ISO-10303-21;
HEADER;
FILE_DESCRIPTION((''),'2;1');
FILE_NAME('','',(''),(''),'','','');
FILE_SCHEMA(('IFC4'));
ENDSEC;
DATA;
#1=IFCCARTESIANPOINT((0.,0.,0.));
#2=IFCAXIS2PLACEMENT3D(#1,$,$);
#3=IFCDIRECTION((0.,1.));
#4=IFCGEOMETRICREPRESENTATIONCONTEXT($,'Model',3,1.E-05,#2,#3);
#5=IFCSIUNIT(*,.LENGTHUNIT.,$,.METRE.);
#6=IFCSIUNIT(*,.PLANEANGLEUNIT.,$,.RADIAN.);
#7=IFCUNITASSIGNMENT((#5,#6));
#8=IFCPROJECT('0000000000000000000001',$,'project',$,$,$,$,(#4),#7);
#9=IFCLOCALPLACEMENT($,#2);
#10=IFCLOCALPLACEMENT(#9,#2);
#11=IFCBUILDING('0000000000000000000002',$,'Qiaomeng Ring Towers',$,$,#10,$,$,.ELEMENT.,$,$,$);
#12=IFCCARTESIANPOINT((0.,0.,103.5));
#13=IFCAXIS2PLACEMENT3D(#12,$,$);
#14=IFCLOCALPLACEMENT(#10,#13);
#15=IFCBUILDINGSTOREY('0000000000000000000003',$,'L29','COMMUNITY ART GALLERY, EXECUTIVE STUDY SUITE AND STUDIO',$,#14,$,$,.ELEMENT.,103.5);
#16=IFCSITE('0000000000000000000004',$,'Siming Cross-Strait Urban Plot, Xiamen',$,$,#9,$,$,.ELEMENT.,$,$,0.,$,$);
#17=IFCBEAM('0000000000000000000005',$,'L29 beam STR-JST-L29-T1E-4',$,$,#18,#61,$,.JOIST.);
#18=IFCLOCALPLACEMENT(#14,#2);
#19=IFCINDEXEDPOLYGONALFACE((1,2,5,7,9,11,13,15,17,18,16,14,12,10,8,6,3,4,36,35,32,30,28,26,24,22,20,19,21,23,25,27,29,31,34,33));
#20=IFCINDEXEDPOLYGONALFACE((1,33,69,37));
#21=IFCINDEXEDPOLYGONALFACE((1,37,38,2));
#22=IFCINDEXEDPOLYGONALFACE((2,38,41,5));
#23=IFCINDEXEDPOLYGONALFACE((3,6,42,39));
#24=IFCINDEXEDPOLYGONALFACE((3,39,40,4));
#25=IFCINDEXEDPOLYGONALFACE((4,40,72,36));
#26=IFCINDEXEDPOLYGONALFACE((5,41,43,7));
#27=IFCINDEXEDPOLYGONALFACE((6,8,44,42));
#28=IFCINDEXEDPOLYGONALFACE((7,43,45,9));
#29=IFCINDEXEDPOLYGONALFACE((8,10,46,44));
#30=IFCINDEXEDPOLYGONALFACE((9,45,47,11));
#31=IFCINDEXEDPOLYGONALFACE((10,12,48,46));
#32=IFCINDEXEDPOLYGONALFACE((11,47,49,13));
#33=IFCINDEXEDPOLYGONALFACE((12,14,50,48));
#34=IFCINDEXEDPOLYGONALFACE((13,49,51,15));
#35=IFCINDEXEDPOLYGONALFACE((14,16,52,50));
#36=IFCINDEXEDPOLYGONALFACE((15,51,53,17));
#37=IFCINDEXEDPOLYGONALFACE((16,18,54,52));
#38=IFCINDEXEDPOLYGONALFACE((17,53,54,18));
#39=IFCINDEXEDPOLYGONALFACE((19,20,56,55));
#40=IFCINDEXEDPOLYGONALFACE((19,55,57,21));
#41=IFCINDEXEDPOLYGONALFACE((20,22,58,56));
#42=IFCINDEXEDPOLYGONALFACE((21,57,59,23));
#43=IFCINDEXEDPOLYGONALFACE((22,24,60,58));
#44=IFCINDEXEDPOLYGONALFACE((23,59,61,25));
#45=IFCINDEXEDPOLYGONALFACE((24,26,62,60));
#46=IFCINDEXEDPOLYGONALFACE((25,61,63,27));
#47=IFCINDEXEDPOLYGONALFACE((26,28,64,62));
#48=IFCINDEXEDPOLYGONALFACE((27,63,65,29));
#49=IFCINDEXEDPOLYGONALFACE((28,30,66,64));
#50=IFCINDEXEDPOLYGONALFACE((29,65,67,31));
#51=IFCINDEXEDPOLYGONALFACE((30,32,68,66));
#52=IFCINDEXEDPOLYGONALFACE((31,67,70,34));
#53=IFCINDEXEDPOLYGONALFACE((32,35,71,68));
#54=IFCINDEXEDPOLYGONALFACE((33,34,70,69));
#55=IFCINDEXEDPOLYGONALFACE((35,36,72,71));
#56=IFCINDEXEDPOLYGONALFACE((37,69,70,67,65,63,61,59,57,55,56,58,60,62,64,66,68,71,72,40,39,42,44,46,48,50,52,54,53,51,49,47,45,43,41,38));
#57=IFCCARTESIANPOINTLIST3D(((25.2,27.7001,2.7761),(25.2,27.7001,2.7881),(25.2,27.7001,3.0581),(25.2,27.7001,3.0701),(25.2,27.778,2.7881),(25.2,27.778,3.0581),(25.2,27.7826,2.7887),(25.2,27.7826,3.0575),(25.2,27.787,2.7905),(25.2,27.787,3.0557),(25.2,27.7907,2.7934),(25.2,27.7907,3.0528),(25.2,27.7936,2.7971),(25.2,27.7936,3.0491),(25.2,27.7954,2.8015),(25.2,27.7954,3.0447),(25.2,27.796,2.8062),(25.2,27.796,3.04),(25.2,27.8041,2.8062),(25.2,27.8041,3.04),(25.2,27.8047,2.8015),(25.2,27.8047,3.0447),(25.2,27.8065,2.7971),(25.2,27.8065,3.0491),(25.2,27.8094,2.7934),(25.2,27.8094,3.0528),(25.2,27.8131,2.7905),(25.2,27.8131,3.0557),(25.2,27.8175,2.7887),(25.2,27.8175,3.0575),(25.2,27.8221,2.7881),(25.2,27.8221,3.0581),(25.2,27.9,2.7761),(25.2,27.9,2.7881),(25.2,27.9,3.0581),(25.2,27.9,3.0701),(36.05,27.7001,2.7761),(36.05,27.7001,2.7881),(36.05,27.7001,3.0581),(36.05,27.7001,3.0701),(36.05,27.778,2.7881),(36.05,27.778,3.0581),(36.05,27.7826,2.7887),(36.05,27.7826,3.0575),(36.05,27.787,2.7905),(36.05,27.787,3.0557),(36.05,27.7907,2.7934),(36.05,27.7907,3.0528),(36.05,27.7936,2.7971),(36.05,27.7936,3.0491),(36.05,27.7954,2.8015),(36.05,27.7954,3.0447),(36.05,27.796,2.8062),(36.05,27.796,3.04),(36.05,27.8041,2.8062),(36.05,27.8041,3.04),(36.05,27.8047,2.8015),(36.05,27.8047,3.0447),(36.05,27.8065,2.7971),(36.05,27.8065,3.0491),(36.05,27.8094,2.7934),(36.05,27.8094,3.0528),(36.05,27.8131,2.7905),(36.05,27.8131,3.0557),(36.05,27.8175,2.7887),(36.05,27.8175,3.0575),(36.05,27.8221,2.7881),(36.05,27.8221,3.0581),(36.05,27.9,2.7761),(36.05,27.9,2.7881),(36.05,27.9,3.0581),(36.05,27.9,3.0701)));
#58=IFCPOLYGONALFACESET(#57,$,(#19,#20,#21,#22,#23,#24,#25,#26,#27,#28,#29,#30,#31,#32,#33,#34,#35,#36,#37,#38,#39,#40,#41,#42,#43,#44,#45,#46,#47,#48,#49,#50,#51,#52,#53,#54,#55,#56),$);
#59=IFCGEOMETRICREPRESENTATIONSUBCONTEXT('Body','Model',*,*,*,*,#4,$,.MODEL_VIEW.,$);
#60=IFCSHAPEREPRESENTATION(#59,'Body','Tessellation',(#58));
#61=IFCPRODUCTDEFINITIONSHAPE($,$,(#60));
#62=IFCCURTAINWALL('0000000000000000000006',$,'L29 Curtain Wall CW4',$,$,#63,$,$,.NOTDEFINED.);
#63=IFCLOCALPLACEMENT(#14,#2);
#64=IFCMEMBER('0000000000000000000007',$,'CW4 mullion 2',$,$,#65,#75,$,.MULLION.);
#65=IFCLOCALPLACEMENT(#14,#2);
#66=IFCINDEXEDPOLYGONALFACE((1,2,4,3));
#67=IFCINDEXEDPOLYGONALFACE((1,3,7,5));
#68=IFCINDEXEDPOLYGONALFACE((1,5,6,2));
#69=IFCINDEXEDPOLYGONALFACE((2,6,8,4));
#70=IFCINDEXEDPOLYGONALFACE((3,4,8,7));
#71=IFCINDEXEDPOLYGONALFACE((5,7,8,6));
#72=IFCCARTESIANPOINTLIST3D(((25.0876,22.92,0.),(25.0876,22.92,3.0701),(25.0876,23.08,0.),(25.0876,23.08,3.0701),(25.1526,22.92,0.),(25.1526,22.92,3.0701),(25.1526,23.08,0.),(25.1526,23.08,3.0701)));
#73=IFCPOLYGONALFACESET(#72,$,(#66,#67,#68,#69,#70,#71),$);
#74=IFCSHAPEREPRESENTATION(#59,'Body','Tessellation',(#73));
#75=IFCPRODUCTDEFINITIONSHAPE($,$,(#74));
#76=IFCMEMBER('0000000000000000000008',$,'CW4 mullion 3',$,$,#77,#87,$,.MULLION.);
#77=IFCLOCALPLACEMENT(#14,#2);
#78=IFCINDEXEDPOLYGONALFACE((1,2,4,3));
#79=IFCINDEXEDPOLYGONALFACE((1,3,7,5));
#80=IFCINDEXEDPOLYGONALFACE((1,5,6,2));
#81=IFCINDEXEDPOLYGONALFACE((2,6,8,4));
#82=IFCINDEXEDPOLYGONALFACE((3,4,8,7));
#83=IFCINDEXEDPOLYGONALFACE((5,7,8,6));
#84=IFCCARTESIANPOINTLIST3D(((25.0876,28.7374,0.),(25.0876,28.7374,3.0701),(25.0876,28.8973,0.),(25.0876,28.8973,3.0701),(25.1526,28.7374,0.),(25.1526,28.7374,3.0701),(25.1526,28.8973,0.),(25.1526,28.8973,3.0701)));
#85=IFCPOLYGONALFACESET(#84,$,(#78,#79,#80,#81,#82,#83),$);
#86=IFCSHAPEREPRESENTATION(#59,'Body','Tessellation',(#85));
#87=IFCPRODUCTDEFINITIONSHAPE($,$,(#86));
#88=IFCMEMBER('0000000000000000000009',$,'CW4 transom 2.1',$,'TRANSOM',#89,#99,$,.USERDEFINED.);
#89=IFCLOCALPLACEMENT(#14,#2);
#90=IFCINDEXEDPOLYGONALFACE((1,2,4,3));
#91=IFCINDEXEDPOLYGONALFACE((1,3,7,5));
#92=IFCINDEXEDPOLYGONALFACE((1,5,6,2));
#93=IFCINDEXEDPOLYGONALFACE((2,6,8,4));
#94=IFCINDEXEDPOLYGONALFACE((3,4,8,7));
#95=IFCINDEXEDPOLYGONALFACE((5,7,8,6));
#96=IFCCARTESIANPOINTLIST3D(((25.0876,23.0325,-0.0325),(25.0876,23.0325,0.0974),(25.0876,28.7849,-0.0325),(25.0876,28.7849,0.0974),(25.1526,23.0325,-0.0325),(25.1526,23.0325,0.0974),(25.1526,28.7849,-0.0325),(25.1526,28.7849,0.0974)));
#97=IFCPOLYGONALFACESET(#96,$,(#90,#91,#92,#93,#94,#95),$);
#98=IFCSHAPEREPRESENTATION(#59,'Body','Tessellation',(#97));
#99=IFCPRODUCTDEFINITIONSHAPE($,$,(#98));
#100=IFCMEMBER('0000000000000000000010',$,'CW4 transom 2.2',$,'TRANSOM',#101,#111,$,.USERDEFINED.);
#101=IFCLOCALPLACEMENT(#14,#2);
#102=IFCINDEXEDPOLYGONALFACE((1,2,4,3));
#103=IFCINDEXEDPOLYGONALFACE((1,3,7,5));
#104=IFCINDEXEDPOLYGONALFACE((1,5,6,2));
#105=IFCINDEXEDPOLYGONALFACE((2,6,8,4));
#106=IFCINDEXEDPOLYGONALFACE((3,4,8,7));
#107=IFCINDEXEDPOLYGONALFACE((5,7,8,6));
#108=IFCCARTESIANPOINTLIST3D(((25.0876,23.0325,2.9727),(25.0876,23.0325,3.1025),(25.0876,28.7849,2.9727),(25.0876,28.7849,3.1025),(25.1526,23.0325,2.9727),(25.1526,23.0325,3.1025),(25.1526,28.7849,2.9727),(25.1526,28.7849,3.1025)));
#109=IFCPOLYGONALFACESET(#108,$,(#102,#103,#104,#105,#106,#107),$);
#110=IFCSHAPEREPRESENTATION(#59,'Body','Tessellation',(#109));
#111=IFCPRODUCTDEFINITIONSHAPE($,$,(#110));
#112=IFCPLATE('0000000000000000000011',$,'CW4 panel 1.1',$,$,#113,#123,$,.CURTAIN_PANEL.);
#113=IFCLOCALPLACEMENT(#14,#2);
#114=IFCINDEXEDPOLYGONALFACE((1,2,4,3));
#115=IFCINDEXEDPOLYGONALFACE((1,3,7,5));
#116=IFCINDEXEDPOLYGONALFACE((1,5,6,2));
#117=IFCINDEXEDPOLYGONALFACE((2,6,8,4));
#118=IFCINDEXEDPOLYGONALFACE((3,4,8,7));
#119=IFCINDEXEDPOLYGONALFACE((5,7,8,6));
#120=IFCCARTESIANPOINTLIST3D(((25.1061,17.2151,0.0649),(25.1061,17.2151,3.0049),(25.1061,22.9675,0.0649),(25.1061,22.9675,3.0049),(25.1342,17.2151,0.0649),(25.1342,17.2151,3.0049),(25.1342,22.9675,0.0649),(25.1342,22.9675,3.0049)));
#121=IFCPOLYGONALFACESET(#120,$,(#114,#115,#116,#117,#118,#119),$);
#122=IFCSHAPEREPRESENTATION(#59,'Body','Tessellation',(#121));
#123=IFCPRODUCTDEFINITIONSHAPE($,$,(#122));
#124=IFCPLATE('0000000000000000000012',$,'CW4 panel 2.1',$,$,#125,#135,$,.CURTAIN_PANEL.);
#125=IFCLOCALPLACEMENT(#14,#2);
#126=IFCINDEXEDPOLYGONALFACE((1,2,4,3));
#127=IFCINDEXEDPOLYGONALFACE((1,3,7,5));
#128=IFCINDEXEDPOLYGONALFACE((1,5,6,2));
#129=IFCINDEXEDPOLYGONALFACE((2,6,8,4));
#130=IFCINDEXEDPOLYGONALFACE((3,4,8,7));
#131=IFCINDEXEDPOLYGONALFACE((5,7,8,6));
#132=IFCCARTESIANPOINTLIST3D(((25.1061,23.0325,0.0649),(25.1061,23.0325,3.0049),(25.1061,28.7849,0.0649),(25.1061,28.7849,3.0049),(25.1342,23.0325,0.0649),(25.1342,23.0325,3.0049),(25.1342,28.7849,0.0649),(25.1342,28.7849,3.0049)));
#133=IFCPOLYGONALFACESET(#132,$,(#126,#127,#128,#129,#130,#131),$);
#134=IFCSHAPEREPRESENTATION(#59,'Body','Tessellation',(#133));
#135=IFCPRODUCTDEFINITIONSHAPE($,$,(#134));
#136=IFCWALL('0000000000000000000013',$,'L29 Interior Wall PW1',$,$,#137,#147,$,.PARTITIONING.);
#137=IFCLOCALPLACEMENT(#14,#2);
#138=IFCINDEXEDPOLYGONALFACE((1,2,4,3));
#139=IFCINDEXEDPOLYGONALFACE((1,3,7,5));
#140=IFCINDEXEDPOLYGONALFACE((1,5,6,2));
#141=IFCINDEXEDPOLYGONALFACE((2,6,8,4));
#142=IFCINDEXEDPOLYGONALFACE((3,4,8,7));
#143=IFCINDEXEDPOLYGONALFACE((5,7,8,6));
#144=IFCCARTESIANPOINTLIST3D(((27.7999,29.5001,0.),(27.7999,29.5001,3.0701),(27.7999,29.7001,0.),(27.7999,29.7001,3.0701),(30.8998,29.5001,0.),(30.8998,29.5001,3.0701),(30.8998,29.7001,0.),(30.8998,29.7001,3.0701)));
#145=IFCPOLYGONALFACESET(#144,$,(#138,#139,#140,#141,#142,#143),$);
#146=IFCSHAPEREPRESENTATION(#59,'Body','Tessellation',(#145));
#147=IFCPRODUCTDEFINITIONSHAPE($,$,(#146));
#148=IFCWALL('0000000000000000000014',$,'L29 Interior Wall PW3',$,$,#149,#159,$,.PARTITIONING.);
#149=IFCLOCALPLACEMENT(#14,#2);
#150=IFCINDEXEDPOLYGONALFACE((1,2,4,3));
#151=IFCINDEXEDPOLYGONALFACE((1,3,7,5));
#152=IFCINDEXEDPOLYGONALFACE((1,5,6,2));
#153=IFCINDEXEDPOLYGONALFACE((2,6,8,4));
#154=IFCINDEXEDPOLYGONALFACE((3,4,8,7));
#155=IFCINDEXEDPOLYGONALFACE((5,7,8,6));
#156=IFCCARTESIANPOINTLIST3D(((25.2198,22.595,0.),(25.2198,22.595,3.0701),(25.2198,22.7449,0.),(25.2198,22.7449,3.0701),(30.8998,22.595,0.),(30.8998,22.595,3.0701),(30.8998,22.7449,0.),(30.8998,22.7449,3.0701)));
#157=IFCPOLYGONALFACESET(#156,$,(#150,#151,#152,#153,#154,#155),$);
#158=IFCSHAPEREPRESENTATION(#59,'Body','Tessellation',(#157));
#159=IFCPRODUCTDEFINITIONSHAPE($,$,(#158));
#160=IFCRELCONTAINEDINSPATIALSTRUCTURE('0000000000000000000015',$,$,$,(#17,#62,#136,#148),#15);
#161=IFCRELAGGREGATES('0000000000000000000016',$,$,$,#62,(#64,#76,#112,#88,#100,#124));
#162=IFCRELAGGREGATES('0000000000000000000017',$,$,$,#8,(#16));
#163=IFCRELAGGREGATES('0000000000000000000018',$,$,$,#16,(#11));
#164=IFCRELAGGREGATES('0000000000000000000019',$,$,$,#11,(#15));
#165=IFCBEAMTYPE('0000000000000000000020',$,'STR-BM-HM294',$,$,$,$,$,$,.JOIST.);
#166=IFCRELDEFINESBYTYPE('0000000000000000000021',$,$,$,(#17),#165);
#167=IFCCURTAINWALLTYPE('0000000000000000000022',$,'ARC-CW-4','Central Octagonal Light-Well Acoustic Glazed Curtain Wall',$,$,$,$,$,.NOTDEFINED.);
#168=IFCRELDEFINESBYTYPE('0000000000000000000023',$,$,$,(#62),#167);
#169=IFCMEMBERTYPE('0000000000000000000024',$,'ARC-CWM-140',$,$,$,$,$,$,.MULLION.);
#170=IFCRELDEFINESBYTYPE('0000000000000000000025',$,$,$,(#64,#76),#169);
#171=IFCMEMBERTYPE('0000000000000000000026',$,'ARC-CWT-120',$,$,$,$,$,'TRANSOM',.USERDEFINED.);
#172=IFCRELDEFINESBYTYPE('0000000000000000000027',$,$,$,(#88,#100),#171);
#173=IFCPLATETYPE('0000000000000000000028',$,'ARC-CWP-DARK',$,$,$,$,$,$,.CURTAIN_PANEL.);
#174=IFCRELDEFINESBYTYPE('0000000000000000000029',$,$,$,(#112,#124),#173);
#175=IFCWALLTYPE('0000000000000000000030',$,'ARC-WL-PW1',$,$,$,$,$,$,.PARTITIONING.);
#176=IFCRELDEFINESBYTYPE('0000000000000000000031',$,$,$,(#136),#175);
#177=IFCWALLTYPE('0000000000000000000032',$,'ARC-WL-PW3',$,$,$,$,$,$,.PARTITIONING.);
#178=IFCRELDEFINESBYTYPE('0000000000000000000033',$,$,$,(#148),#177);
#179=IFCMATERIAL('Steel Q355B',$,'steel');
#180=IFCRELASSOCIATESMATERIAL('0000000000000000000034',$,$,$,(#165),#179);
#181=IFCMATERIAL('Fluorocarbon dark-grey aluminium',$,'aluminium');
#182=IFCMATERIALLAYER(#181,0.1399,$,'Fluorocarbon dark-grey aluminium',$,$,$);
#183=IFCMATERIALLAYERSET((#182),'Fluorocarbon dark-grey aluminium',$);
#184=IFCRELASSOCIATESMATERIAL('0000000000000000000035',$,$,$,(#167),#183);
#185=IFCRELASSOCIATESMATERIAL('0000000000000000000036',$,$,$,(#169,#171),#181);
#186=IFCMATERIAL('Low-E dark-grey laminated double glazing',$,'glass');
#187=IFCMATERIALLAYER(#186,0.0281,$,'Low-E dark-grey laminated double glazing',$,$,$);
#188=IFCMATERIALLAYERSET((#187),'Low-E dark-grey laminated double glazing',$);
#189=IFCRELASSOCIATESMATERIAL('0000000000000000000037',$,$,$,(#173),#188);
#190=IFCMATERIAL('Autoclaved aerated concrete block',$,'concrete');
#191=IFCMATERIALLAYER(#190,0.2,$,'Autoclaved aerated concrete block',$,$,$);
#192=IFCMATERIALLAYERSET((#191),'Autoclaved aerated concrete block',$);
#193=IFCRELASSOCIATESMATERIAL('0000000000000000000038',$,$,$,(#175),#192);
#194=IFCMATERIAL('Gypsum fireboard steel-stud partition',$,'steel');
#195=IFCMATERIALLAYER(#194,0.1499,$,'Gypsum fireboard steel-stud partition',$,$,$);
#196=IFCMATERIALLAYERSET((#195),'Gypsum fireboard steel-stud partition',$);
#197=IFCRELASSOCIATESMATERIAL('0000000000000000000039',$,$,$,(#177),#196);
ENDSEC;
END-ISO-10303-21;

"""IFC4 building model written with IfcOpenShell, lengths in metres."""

from ifc_helpers import new_model, si_unit, direction, frame, frame_2d, origin, origin_2d, place, context, subcontext, project, spatial, rectangle, i_section, extrude, source, transform, mapped, material, layer, layer_set, material_profile, profile_set, type_object, element, aggregate, save


model = new_model("IFC4")

# Units and contexts
model_context = context("Model", 3, precision=1e-05, world=origin(), true_north=direction((0.0, 1.0)))
body_context = subcontext(model_context, "Body", "Model", "MODEL_VIEW")
ifc_project = project(units=[si_unit("LENGTHUNIT", "METRE"), si_unit("PLANEANGLEUNIT", "RADIAN")], contexts=[model_context])

# Site, building, storey
site_placement = place(None, origin())
site = spatial("IfcSite", under=ifc_project, at=site_placement, Name="Siming Cross-Strait Urban Plot, Xiamen", CompositionType="ELEMENT", RefElevation=0.0)
building_placement = place(site_placement, origin())
building = spatial("IfcBuilding", under=site, at=building_placement, Name="Qiaomeng Ring Towers", CompositionType="ELEMENT")
storey_placement = place(building_placement, frame((0.0, 0.0, 103.5)))
storey = spatial("IfcBuildingStorey", under=building, at=storey_placement, Name="L29", Description="COMMUNITY ART GALLERY, EXECUTIVE STUDY SUITE AND STUDIO", CompositionType="ELEMENT", Elevation=103.5)

# Beam
ifc_material_1 = material(Name="Steel Q355B", Category="steel")
ifc_material_profile_1 = material_profile(ifc_material_1, i_section(OverallWidth=0.2, OverallDepth=0.2939, WebThickness=0.0081, FlangeThickness=0.012, FilletRadius=0.0181, at=origin_2d()), Name="HM 294x200x8x12")
ifc_profile_set_1 = profile_set([ifc_material_profile_1], Name="Steel Q355B")
beam_type_1 = type_object("IfcBeamType", Name="STR-BM-HM294", PredefinedType="JOIST", material=ifc_profile_set_1)
shared_shape_1 = source(origin(), body_context, "Body", "SweptSolid", [
    extrude(i_section(OverallWidth=0.2, OverallDepth=0.2939, WebThickness=0.0081, FlangeThickness=0.012, FilletRadius=0.0181, at=origin_2d()), origin(), (0.0, 0.0, 1.0), 10.8501),
])
for number, where, z_axis, x_axis, name in (
    (1, (25.2, 27.8, 2.9231), (1.0, 0.0, 0.0), (0.0, 1.0, 0.0), "L29 beam STR-JST-L29-T1E-4"),
):
    element("IfcBeam", number, at=place(storey_placement, frame(where, z_axis=z_axis, x_axis=x_axis)), inside=storey, type_object=beam_type_1, Name=name, PredefinedType="JOIST", context=body_context, shape_type="MappedRepresentation", body=[
        mapped(shared_shape_1, transform((0.0, 0.0, 0.0), x_axis=(1.0, 0.0, 0.0), y_axis=(0.0, 1.0, 0.0), z_axis=(0.0, 0.0, 1.0), scale=1.0)),
    ])

# Curtain wall, members, plates
ifc_material_2 = material(Name="Fluorocarbon dark-grey aluminium", Category="aluminium")
ifc_layer_1 = layer(ifc_material_2, 0.1399, Name="Fluorocarbon dark-grey aluminium")
ifc_layer_set_1 = layer_set([ifc_layer_1], Name="Fluorocarbon dark-grey aluminium")
curtain_wall_type = type_object("IfcCurtainWallType", Name="ARC-CW-4", Description="Central Octagonal Light-Well Acoustic Glazed Curtain Wall", PredefinedType="NOTDEFINED", material=ifc_layer_set_1)
curtain_wall_placement = place(storey_placement, origin())
curtain_wall = element("IfcCurtainWall", 2, at=curtain_wall_placement, inside=storey, type_object=curtain_wall_type, Name="L29 Curtain Wall CW4", PredefinedType="NOTDEFINED")
ifc_material_profile_2 = material_profile(ifc_material_2, rectangle(XDim=0.0649, YDim=0.1599, at=origin_2d()), Name="ALU MULL 65x160")
ifc_profile_set_2 = profile_set([ifc_material_profile_2], Name="Fluorocarbon dark-grey aluminium")
member_type_1 = type_object("IfcMemberType", Name="ARC-CWM-140", PredefinedType="MULLION", material=ifc_profile_set_2)
shared_shape_2 = source(origin(), body_context, "Body", "SweptSolid", [
    extrude(rectangle(XDim=0.0649, YDim=0.1599, at=origin_2d()), origin(), (0.0, 0.0, 1.0), 3.0701),
])
member_1_placement = place(storey_placement, frame((25.1201, 23.0, 0.0), z_axis=(0.0, 0.0, 1.0), x_axis=(-1.0, 0.0, 0.0)))
member_1 = element("IfcMember", 3, at=member_1_placement, type_object=member_type_1, Name="CW4 mullion 2", PredefinedType="MULLION", context=body_context, shape_type="MappedRepresentation", body=[
    mapped(shared_shape_2, transform((0.0, 0.0, 0.0), x_axis=(1.0, 0.0, 0.0), y_axis=(0.0, 1.0, 0.0), z_axis=(0.0, 0.0, 1.0), scale=1.0)),
])
member_2_placement = place(storey_placement, frame((25.1201, 28.8174, 0.0), z_axis=(0.0, 0.0, 1.0), x_axis=(-1.0, 0.0, 0.0)))
member_2 = element("IfcMember", 4, at=member_2_placement, type_object=member_type_1, Name="CW4 mullion 3", PredefinedType="MULLION", context=body_context, shape_type="MappedRepresentation", body=[
    mapped(shared_shape_2, transform((0.0, 0.0, 0.0), x_axis=(1.0, 0.0, 0.0), y_axis=(0.0, 1.0, 0.0), z_axis=(0.0, 0.0, 1.0), scale=1.0)),
])
ifc_material_profile_3 = material_profile(ifc_material_2, rectangle(XDim=0.0649, YDim=0.1299, at=origin_2d()), Name="ALU TRAN 65x130")
ifc_profile_set_3 = profile_set([ifc_material_profile_3], Name="Fluorocarbon dark-grey aluminium")
member_type_2 = type_object("IfcMemberType", Name="ARC-CWT-120", ElementType="TRANSOM", PredefinedType="USERDEFINED", material=ifc_profile_set_3)
shared_shape_3 = source(origin(), body_context, "Body", "SweptSolid", [
    extrude(rectangle(XDim=0.0649, YDim=0.1299, at=origin_2d()), origin(), (0.0, 0.0, 1.0), 5.7524),
])
member_3_placement = place(storey_placement, frame((25.1201, 23.0325, 0.0325), z_axis=(0.0, 1.0, 0.0), x_axis=(-1.0, 0.0, 0.0)))
member_3 = element("IfcMember", 5, at=member_3_placement, type_object=member_type_2, Name="CW4 transom 2.1", ObjectType="TRANSOM", PredefinedType="USERDEFINED", context=body_context, shape_type="MappedRepresentation", body=[
    mapped(shared_shape_3, transform((0.0, 0.0, 0.0), x_axis=(1.0, 0.0, 0.0), y_axis=(0.0, 1.0, 0.0), z_axis=(0.0, 0.0, 1.0), scale=1.0)),
])
member_4_placement = place(storey_placement, frame((25.1201, 23.0325, 3.0376), z_axis=(0.0, 1.0, 0.0), x_axis=(-1.0, 0.0, 0.0)))
member_4 = element("IfcMember", 6, at=member_4_placement, type_object=member_type_2, Name="CW4 transom 2.2", ObjectType="TRANSOM", PredefinedType="USERDEFINED", context=body_context, shape_type="MappedRepresentation", body=[
    mapped(shared_shape_3, transform((0.0, 0.0, 0.0), x_axis=(1.0, 0.0, 0.0), y_axis=(0.0, 1.0, 0.0), z_axis=(0.0, 0.0, 1.0), scale=1.0)),
])
ifc_material_3 = material(Name="Low-E dark-grey laminated double glazing", Category="glass")
ifc_layer_2 = layer(ifc_material_3, 0.0281, Name="Low-E dark-grey laminated double glazing")
ifc_layer_set_2 = layer_set([ifc_layer_2], Name="Low-E dark-grey laminated double glazing")
plate_type = type_object("IfcPlateType", Name="ARC-CWP-DARK", PredefinedType="CURTAIN_PANEL", material=ifc_layer_set_2)
shared_shape_4 = source(origin(), body_context, "Body", "SweptSolid", [
    extrude(rectangle(XDim=5.7524, YDim=0.0281, at=origin_2d()), origin(), (0.0, 0.0, 1.0), 2.9399),
])
plate_1_placement = place(storey_placement, frame((25.1201, 20.0913, 0.0649), z_axis=(0.0, 0.0, 1.0), x_axis=(0.0, 1.0, 0.0)))
plate_1 = element("IfcPlate", 7, at=plate_1_placement, type_object=plate_type, Name="CW4 panel 1.1", PredefinedType="CURTAIN_PANEL", context=body_context, shape_type="MappedRepresentation", body=[
    mapped(shared_shape_4, transform((0.0, 0.0, 0.0), x_axis=(1.0, 0.0, 0.0), y_axis=(0.0, 1.0, 0.0), z_axis=(0.0, 0.0, 1.0), scale=1.0)),
])
plate_2_placement = place(storey_placement, frame((25.1201, 25.9087, 0.0649), z_axis=(0.0, 0.0, 1.0), x_axis=(0.0, 1.0, 0.0)))
plate_2 = element("IfcPlate", 8, at=plate_2_placement, type_object=plate_type, Name="CW4 panel 2.1", PredefinedType="CURTAIN_PANEL", context=body_context, shape_type="MappedRepresentation", body=[
    mapped(shared_shape_4, transform((0.0, 0.0, 0.0), x_axis=(1.0, 0.0, 0.0), y_axis=(0.0, 1.0, 0.0), z_axis=(0.0, 0.0, 1.0), scale=1.0)),
])
aggregate(curtain_wall, [member_1, member_2, plate_1, member_3, member_4, plate_2])

# Walls
ifc_material_4 = material(Name="Autoclaved aerated concrete block", Category="concrete")
ifc_layer_3 = layer(ifc_material_4, 0.2, Name="Autoclaved aerated concrete block")
ifc_layer_set_3 = layer_set([ifc_layer_3], Name="Autoclaved aerated concrete block")
wall_type_1 = type_object("IfcWallType", Name="ARC-WL-PW1", PredefinedType="PARTITIONING", material=ifc_layer_set_3)
wall_1_placement = place(storey_placement, frame((27.8, 29.6001, 0.0), z_axis=(0.0, 0.0, 1.0), x_axis=(1.0, 0.0, 0.0)))
element("IfcWall", 9, at=wall_1_placement, inside=storey, type_object=wall_type_1, Name="L29 Interior Wall PW1", PredefinedType="PARTITIONING", context=body_context, shape_type="SweptSolid", body=[
    extrude(rectangle(XDim=3.0999, YDim=0.2, at=frame_2d((1.5498, 0.0))), origin(), (0.0, 0.0, 1.0), 3.0701),
])
ifc_material_5 = material(Name="Gypsum fireboard steel-stud partition", Category="steel")
ifc_layer_4 = layer(ifc_material_5, 0.1499, Name="Gypsum fireboard steel-stud partition")
ifc_layer_set_4 = layer_set([ifc_layer_4], Name="Gypsum fireboard steel-stud partition")
wall_type_2 = type_object("IfcWallType", Name="ARC-WL-PW3", PredefinedType="PARTITIONING", material=ifc_layer_set_4)
wall_2_placement = place(storey_placement, frame((25.22, 22.6699, 0.0), z_axis=(0.0, 0.0, 1.0), x_axis=(1.0, 0.0, 0.0)))
element("IfcWall", 10, at=wall_2_placement, inside=storey, type_object=wall_type_2, Name="L29 Interior Wall PW3", PredefinedType="PARTITIONING", context=body_context, shape_type="SweptSolid", body=[
    extrude(rectangle(XDim=5.6799, YDim=0.1499, at=frame_2d((2.8398, 0.0))), origin(), (0.0, 0.0, 1.0), 3.0701),
])

save(model, "model.ifc")
